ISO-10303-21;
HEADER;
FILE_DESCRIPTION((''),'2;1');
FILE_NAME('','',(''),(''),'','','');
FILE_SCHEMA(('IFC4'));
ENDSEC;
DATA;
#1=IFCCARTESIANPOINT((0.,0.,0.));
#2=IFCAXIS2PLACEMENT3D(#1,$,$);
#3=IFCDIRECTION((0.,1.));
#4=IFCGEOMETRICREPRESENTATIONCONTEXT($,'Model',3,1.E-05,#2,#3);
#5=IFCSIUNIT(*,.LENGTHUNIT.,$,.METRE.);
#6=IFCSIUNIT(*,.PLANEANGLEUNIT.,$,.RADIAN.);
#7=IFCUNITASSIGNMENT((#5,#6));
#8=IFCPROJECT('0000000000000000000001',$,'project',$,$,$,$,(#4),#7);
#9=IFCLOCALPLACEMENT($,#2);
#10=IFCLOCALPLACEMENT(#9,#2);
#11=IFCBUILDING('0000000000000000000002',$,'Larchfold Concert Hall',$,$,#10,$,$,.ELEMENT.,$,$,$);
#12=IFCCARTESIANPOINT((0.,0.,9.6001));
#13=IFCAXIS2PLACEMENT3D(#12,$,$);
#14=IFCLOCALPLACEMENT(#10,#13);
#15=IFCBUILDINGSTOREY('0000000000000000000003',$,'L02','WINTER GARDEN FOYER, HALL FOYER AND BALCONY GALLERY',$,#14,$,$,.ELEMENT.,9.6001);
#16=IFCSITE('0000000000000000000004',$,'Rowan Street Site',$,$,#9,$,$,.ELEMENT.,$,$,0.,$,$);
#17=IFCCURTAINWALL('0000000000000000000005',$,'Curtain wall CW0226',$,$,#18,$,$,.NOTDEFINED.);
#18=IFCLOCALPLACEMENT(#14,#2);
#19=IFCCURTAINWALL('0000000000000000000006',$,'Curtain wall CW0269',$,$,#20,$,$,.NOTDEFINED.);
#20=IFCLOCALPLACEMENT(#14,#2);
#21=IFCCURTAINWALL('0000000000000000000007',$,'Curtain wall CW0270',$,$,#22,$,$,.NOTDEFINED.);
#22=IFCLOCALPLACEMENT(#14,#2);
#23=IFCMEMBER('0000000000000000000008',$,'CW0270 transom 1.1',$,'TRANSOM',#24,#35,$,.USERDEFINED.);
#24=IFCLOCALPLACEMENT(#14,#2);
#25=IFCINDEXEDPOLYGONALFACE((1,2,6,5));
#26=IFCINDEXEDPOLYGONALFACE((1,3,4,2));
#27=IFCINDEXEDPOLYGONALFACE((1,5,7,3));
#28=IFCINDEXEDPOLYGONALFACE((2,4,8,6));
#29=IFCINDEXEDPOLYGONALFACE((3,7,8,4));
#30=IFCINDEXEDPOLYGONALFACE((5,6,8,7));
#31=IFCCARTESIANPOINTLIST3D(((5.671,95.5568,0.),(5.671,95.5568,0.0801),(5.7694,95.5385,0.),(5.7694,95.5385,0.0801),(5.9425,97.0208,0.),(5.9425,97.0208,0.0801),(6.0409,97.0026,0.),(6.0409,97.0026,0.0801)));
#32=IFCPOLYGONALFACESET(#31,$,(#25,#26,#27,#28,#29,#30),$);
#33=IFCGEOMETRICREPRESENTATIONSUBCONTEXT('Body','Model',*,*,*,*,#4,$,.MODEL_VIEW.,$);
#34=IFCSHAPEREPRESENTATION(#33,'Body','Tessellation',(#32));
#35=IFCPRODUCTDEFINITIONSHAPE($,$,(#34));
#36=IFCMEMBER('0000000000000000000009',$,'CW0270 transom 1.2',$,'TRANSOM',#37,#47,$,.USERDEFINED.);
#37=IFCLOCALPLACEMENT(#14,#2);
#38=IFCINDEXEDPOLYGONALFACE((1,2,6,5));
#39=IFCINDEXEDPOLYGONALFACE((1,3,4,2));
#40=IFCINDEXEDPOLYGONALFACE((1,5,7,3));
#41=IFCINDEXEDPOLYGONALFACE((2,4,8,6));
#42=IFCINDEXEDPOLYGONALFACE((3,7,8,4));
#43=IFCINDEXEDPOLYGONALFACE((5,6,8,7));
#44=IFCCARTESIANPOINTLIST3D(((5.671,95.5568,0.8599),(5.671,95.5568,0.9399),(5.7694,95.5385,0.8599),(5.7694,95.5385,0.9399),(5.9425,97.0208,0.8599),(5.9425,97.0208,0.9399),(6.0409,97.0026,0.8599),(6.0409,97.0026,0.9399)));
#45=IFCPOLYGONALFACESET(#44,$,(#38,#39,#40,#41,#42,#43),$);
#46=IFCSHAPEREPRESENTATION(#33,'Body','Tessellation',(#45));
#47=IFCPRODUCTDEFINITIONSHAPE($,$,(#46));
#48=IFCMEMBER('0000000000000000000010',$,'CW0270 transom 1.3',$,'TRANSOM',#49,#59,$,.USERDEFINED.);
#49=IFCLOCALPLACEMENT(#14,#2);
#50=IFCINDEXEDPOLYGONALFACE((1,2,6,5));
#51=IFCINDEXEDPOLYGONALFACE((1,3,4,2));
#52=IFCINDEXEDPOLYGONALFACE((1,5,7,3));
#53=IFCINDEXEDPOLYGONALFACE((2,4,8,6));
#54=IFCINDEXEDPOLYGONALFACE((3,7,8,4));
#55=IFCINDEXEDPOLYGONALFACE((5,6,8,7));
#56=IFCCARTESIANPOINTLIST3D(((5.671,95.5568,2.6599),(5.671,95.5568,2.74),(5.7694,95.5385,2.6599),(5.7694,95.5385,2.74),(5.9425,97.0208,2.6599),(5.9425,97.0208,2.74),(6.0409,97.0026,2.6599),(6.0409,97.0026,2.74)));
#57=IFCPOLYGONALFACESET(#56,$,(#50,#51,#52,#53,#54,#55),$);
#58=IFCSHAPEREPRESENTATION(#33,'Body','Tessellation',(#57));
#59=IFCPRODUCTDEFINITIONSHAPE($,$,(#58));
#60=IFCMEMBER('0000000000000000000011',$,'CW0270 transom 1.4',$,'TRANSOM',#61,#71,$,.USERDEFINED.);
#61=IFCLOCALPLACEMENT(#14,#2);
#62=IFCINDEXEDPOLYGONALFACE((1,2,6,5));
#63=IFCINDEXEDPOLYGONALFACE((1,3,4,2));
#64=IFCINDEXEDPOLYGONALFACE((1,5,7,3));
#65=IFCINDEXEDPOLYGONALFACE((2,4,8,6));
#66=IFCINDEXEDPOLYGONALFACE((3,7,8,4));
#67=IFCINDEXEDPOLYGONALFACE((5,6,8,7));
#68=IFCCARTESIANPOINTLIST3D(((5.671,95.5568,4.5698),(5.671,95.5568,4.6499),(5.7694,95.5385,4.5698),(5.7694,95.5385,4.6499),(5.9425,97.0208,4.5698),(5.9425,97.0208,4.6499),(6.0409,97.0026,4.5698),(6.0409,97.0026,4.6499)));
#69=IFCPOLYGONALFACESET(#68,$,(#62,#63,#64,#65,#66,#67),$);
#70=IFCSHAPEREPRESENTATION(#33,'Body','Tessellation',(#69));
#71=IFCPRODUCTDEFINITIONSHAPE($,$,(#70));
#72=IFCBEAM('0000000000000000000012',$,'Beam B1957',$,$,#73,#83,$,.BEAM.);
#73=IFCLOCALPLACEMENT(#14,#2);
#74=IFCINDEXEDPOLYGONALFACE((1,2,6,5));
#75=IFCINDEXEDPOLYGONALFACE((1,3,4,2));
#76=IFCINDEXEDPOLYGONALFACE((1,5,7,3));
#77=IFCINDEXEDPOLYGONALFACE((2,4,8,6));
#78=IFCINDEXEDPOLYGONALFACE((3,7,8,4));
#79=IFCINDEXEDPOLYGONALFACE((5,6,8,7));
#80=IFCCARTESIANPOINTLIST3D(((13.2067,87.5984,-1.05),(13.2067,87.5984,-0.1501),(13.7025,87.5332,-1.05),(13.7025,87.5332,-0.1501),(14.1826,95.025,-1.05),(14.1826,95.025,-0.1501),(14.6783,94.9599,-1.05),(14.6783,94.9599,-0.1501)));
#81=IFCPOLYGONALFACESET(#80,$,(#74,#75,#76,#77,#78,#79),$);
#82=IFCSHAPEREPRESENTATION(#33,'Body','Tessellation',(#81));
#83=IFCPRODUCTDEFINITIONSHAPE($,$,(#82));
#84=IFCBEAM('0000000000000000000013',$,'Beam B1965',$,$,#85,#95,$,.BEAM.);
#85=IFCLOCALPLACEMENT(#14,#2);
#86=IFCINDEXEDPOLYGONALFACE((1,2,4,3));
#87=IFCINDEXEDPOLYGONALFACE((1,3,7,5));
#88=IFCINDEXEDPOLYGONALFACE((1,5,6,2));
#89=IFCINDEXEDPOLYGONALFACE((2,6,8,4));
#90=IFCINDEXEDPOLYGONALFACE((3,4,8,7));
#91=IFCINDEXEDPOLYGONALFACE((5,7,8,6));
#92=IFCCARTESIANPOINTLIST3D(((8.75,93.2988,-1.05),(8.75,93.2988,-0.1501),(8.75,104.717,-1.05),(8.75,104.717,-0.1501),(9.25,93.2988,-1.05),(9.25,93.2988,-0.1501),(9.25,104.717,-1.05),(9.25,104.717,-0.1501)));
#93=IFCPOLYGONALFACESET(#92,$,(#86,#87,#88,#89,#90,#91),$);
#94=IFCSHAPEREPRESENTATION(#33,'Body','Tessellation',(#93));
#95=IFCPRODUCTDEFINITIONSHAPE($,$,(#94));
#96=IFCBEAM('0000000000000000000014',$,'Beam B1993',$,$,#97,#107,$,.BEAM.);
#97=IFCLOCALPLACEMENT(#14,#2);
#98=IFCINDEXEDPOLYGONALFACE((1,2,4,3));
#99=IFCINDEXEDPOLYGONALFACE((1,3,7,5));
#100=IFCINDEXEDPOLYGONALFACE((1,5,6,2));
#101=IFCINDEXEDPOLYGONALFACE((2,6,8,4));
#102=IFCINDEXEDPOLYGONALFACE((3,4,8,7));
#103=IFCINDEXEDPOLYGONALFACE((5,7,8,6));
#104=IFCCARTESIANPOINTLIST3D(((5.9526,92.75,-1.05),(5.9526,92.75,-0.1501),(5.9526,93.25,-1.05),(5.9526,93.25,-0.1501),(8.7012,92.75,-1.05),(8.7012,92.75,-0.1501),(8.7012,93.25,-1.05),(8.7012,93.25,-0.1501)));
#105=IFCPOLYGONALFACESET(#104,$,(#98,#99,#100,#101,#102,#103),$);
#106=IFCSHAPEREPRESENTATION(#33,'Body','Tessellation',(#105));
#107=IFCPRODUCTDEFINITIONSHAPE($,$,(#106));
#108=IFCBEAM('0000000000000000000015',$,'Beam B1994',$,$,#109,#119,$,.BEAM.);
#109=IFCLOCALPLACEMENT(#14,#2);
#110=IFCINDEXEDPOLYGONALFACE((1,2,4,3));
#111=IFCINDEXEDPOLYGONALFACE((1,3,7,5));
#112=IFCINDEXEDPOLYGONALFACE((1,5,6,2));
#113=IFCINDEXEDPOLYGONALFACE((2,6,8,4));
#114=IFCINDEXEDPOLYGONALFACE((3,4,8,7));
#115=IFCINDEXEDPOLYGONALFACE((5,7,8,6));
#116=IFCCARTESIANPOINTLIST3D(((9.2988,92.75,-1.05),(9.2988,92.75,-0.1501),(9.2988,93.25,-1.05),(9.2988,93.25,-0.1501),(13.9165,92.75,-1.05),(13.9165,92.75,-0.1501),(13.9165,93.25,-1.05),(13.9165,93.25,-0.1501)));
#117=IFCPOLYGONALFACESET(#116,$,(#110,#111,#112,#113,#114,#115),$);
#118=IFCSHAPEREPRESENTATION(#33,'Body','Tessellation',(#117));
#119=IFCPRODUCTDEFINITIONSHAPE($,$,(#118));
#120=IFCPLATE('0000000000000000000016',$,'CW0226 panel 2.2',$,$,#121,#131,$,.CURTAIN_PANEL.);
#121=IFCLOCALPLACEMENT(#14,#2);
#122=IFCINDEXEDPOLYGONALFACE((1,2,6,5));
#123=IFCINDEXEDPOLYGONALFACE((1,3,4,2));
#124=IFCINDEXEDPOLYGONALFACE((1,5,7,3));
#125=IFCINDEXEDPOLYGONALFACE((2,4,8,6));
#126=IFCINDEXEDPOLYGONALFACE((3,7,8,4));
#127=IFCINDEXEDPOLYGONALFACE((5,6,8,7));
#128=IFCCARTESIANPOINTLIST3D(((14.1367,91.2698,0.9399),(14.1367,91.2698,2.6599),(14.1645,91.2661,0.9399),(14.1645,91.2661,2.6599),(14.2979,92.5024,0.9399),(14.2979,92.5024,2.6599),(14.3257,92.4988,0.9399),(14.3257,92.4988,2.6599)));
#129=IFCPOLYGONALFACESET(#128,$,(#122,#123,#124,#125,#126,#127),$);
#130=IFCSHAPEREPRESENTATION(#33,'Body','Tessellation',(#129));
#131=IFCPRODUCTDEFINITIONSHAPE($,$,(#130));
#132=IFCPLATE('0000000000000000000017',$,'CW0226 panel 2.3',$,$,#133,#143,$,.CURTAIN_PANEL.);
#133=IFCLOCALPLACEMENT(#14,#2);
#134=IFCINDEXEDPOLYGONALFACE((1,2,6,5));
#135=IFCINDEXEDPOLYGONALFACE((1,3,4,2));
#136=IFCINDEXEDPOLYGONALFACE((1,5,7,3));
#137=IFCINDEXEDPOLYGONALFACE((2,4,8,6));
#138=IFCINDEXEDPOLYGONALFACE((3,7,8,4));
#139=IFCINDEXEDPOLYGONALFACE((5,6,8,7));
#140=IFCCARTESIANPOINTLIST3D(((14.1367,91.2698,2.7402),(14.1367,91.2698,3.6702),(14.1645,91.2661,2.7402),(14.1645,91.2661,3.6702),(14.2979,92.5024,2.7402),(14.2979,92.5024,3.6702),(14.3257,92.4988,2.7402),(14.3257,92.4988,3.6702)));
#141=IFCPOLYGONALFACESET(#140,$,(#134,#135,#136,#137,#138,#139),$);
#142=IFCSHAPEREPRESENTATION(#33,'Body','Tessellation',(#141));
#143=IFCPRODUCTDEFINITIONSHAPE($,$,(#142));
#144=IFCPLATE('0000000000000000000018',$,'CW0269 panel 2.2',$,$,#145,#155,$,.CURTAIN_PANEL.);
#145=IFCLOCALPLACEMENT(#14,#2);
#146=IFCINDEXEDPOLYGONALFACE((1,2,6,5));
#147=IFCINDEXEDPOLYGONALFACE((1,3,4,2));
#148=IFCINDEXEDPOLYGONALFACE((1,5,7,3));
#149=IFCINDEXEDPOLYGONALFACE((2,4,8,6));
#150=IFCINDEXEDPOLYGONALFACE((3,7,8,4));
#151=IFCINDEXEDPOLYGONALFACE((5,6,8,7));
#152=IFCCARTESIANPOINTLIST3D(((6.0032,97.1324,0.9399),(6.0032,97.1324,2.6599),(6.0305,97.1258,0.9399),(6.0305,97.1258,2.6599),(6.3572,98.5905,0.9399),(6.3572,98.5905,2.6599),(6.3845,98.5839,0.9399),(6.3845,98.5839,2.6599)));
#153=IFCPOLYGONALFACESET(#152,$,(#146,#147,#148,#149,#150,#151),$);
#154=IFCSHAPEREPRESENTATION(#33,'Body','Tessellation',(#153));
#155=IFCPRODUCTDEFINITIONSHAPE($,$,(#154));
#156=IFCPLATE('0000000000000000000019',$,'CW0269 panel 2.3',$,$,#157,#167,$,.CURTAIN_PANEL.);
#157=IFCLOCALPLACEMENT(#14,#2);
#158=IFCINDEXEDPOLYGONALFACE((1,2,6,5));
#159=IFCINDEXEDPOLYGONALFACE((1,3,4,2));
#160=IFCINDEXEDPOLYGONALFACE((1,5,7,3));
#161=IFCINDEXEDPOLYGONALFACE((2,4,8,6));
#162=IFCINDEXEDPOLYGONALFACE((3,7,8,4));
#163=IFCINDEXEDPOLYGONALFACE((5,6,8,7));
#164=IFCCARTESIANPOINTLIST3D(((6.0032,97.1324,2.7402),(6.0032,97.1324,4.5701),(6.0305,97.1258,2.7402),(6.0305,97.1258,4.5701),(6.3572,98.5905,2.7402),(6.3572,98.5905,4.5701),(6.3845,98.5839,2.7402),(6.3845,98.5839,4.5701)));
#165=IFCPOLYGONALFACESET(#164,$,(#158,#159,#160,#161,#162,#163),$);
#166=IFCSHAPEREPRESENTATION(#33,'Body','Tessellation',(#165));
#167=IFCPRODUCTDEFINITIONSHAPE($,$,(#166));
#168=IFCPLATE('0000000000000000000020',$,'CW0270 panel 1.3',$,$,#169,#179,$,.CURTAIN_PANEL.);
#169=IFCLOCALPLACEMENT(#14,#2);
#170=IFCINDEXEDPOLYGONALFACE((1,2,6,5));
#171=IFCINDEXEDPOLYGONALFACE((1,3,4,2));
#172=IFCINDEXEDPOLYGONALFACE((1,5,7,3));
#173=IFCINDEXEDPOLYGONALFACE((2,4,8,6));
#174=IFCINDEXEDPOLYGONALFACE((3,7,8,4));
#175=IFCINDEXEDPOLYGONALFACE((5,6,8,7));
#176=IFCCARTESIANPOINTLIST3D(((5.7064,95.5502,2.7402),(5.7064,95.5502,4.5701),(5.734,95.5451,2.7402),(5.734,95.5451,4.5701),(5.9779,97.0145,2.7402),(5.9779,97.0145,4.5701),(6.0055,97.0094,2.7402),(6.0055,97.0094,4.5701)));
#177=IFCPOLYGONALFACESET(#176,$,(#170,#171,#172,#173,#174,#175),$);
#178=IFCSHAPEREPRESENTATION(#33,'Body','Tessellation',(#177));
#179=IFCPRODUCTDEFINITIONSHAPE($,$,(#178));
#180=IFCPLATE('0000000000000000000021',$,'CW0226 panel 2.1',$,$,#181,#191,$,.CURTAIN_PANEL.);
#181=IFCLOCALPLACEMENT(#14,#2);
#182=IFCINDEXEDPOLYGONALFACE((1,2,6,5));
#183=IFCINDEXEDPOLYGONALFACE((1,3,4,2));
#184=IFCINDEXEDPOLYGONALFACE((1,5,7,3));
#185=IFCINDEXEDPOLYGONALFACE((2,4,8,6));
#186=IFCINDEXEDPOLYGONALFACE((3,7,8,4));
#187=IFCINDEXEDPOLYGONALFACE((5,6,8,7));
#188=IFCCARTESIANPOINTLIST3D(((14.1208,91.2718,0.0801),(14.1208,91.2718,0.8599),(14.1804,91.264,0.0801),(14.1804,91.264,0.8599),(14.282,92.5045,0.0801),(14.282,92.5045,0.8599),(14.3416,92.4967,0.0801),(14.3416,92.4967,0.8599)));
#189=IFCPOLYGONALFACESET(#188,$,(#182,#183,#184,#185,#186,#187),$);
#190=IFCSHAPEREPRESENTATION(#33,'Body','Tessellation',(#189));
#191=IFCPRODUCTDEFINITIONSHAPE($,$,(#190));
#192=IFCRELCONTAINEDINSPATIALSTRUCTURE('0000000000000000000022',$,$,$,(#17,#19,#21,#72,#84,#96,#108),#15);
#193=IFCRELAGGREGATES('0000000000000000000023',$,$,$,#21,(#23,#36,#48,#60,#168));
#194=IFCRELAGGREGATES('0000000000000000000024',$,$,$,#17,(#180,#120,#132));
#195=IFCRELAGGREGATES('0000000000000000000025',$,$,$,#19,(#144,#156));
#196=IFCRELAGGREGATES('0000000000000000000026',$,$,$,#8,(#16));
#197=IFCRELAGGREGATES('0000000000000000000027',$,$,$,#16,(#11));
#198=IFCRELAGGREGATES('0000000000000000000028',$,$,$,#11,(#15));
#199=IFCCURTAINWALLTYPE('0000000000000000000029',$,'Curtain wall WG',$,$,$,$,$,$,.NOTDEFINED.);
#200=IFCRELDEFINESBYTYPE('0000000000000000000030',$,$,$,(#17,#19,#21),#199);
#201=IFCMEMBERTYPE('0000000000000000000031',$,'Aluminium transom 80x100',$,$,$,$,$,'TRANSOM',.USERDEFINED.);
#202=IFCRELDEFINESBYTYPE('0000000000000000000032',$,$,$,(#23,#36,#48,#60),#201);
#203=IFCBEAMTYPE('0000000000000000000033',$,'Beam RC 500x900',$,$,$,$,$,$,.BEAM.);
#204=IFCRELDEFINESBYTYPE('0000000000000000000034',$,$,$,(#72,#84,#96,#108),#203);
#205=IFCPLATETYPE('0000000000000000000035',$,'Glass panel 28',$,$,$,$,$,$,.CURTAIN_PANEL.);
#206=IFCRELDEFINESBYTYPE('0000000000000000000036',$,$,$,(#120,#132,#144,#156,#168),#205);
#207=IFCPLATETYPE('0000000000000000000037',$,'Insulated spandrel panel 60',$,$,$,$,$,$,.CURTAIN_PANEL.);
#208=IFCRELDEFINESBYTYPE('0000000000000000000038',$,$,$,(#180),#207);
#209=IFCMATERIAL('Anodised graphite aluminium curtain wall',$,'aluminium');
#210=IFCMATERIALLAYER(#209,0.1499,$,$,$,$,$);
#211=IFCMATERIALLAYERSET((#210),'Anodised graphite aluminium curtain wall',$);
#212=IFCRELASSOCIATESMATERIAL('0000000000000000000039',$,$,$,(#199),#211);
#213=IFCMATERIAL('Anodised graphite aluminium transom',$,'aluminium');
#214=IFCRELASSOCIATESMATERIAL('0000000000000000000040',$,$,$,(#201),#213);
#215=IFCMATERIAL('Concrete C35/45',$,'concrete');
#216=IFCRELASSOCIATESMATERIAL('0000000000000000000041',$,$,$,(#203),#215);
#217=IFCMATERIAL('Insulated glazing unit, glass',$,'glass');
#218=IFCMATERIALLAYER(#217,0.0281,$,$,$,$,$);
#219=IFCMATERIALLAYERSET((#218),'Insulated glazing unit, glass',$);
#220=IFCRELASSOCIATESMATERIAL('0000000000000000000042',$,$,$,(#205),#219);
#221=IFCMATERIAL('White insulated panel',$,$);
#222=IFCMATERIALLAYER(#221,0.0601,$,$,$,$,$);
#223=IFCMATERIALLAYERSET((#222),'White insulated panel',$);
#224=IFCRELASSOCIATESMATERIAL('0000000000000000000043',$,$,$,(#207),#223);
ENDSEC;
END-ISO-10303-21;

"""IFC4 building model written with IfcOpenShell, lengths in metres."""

from ifc_helpers import new_model, si_unit, direction, frame, origin, origin_2d, place, context, subcontext, project, spatial, rectangle, extrude, material, layer, layer_set, material_profile, profile_set, type_object, element, aggregate, save


model = new_model("IFC4")

# Units and contexts
model_context = context("Model", 3, precision=1e-05, world=origin(), true_north=direction((0.0, 1.0)))
body_context = subcontext(model_context, "Body", "Model", "MODEL_VIEW")
ifc_project = project(units=[si_unit("LENGTHUNIT", "METRE"), si_unit("PLANEANGLEUNIT", "RADIAN")], contexts=[model_context])

# Site, building, storey
site_placement = place(None, origin())
site = spatial("IfcSite", under=ifc_project, at=site_placement, Name="Rowan Street Site", CompositionType="ELEMENT", RefElevation=0.0)
building_placement = place(site_placement, origin())
building = spatial("IfcBuilding", under=site, at=building_placement, Name="Larchfold Concert Hall", CompositionType="ELEMENT")
storey_placement = place(building_placement, frame((0.0, 0.0, 9.6001)))
storey = spatial("IfcBuildingStorey", under=building, at=storey_placement, Name="L02", Description="WINTER GARDEN FOYER, HALL FOYER AND BALCONY GALLERY", CompositionType="ELEMENT", Elevation=9.6001)

# Curtain walls
ifc_material_1 = material(Name="Anodised graphite aluminium curtain wall", Category="aluminium")
ifc_layer_1 = layer(ifc_material_1, 0.1499)
ifc_layer_set_1 = layer_set([ifc_layer_1], Name="Anodised graphite aluminium curtain wall")
curtain_wall_type = type_object("IfcCurtainWallType", Name="Curtain wall WG", PredefinedType="NOTDEFINED", material=ifc_layer_set_1)
curtain_wall_1_placement = place(storey_placement, origin())
curtain_wall_1 = element("IfcCurtainWall", 1, at=curtain_wall_1_placement, inside=storey, type_object=curtain_wall_type, Name="Curtain wall CW0226", PredefinedType="NOTDEFINED")
curtain_wall_2_placement = place(storey_placement, origin())
curtain_wall_2 = element("IfcCurtainWall", 2, at=curtain_wall_2_placement, inside=storey, type_object=curtain_wall_type, Name="Curtain wall CW0269", PredefinedType="NOTDEFINED")
curtain_wall_3_placement = place(storey_placement, origin())
curtain_wall_3 = element("IfcCurtainWall", 3, at=curtain_wall_3_placement, inside=storey, type_object=curtain_wall_type, Name="Curtain wall CW0270", PredefinedType="NOTDEFINED")

# Members
ifc_material_2 = material(Name="Anodised graphite aluminium transom", Category="aluminium")
ifc_material_profile_1 = material_profile(ifc_material_2, rectangle(XDim=0.1001, YDim=0.0801, at=origin_2d()))
ifc_profile_set_1 = profile_set([ifc_material_profile_1], Name="Anodised graphite aluminium transom")
member_type_1 = type_object("IfcMemberType", Name="Aluminium transom 80x100", ElementType="TRANSOM", PredefinedType="USERDEFINED", material=ifc_profile_set_1)
member_1_placement = place(storey_placement, frame((5.9917, 97.0117, 0.04), z_axis=(-0.182318, -0.98324, 0.0), x_axis=(0.98324, -0.182318, 0.0)))
member_1 = element("IfcMember", 4, at=member_1_placement, type_object=member_type_1, Name="CW0270 transom 1.1", ObjectType="TRANSOM", PredefinedType="USERDEFINED", context=body_context, shape_type="SweptSolid", body=[
    extrude(rectangle(XDim=0.1001, YDim=0.0801, at=origin_2d()), origin(), (0.0, 0.0, 1.0), 1.489),
])
member_2_placement = place(storey_placement, frame((5.9917, 97.0117, 0.8999), z_axis=(-0.182318, -0.98324, 0.0), x_axis=(0.98324, -0.182318, 0.0)))
member_2 = element("IfcMember", 5, at=member_2_placement, type_object=member_type_1, Name="CW0270 transom 1.2", ObjectType="TRANSOM", PredefinedType="USERDEFINED", context=body_context, shape_type="SweptSolid", body=[
    extrude(rectangle(XDim=0.1001, YDim=0.0801, at=origin_2d()), origin(), (0.0, 0.0, 1.0), 1.489),
])
member_3_placement = place(storey_placement, frame((5.9917, 97.0117, 2.7), z_axis=(-0.182318, -0.98324, 0.0), x_axis=(0.98324, -0.182318, 0.0)))
member_3 = element("IfcMember", 6, at=member_3_placement, type_object=member_type_1, Name="CW0270 transom 1.3", ObjectType="TRANSOM", PredefinedType="USERDEFINED", context=body_context, shape_type="SweptSolid", body=[
    extrude(rectangle(XDim=0.1001, YDim=0.0801, at=origin_2d()), origin(), (0.0, 0.0, 1.0), 1.489),
])
member_4_placement = place(storey_placement, frame((5.9917, 97.0117, 4.6099), z_axis=(-0.182318, -0.98324, 0.0), x_axis=(0.98324, -0.182318, 0.0)))
member_4 = element("IfcMember", 7, at=member_4_placement, type_object=member_type_1, Name="CW0270 transom 1.4", ObjectType="TRANSOM", PredefinedType="USERDEFINED", context=body_context, shape_type="SweptSolid", body=[
    extrude(rectangle(XDim=0.1001, YDim=0.0801, at=origin_2d()), origin(), (0.0, 0.0, 1.0), 1.489),
])

# Beams
ifc_material_3 = material(Name="Concrete C35/45", Category="concrete")
ifc_material_profile_2 = material_profile(ifc_material_3, rectangle(XDim=0.5, YDim=0.8999, at=origin_2d()))
ifc_profile_set_2 = profile_set([ifc_material_profile_2], Name="Concrete C35/45")
beam_type = type_object("IfcBeamType", Name="Beam RC 500x900", PredefinedType="BEAM", material=ifc_profile_set_2)
beam_1_placement = place(storey_placement, frame((14.4304, 94.9924, -0.6001), z_axis=(-0.130274, -0.991478, 0.0), x_axis=(0.991478, -0.130274, 0.0)))
element("IfcBeam", 8, at=beam_1_placement, inside=storey, type_object=beam_type, Name="Beam B1957", PredefinedType="BEAM", context=body_context, shape_type="SweptSolid", body=[
    extrude(rectangle(XDim=0.5, YDim=0.8999, at=origin_2d()), origin(), (0.0, 0.0, 1.0), 7.4905),
])
beam_2_placement = place(storey_placement, frame((9.0, 93.2988, -0.6001), z_axis=(0.0, 1.0, 0.0), x_axis=(-1.0, 0.0, 0.0)))
element("IfcBeam", 9, at=beam_2_placement, inside=storey, type_object=beam_type, Name="Beam B1965", PredefinedType="BEAM", context=body_context, shape_type="SweptSolid", body=[
    extrude(rectangle(XDim=0.5, YDim=0.8999, at=origin_2d()), origin(), (0.0, 0.0, 1.0), 11.4182),
])
beam_3_placement = place(storey_placement, frame((5.9526, 93.0, -0.6001), z_axis=(1.0, 0.0, 0.0), x_axis=(0.0, 1.0, 0.0)))
element("IfcBeam", 10, at=beam_3_placement, inside=storey, type_object=beam_type, Name="Beam B1993", PredefinedType="BEAM", context=body_context, shape_type="SweptSolid", body=[
    extrude(rectangle(XDim=0.5, YDim=0.8999, at=origin_2d()), origin(), (0.0, 0.0, 1.0), 2.7485),
])
beam_4_placement = place(storey_placement, frame((9.2988, 93.0, -0.6001), z_axis=(1.0, 0.0, 0.0), x_axis=(0.0, 1.0, 0.0)))
element("IfcBeam", 11, at=beam_4_placement, inside=storey, type_object=beam_type, Name="Beam B1994", PredefinedType="BEAM", context=body_context, shape_type="SweptSolid", body=[
    extrude(rectangle(XDim=0.5, YDim=0.8999, at=origin_2d()), origin(), (0.0, 0.0, 1.0), 4.6177),
])

# Plates
ifc_material_4 = material(Name="Insulated glazing unit, glass", Category="glass")
ifc_layer_2 = layer(ifc_material_4, 0.0281)
ifc_layer_set_2 = layer_set([ifc_layer_2], Name="Insulated glazing unit, glass")
plate_type_1 = type_object("IfcPlateType", Name="Glass panel 28", PredefinedType="CURTAIN_PANEL", material=ifc_layer_set_2)
plate_1_placement = place(storey_placement, frame((14.2312, 91.8843, 0.9399), z_axis=(0.0, 0.0, 1.0), x_axis=(0.129644, 0.991561, 0.0)))
plate_1 = element("IfcPlate", 12, at=plate_1_placement, type_object=plate_type_1, Name="CW0226 panel 2.2", PredefinedType="CURTAIN_PANEL", context=body_context, shape_type="SweptSolid", body=[
    extrude(rectangle(XDim=1.2432, YDim=0.0281, at=origin_2d()), origin(), (0.0, 0.0, 1.0), 1.72),
])
plate_2_placement = place(storey_placement, frame((14.2312, 91.8843, 2.7402), z_axis=(0.0, 0.0, 1.0), x_axis=(0.129644, 0.991561, 0.0)))
plate_2 = element("IfcPlate", 13, at=plate_2_placement, type_object=plate_type_1, Name="CW0226 panel 2.3", PredefinedType="CURTAIN_PANEL", context=body_context, shape_type="SweptSolid", body=[
    extrude(rectangle(XDim=1.2432, YDim=0.0281, at=origin_2d()), origin(), (0.0, 0.0, 1.0), 0.9299),
])
plate_3_placement = place(storey_placement, frame((6.1938, 97.8582, 0.9399), z_axis=(0.0, 0.0, 1.0), x_axis=(-0.235938, -0.971768, 0.0)))
plate_3 = element("IfcPlate", 14, at=plate_3_placement, type_object=plate_type_1, Name="CW0269 panel 2.2", PredefinedType="CURTAIN_PANEL", context=body_context, shape_type="SweptSolid", body=[
    extrude(rectangle(XDim=1.5005, YDim=0.0281, at=origin_2d()), origin(), (0.0, 0.0, 1.0), 1.72),
])
plate_4_placement = place(storey_placement, frame((6.1938, 97.8582, 2.7402), z_axis=(0.0, 0.0, 1.0), x_axis=(-0.235938, -0.971768, 0.0)))
plate_4 = element("IfcPlate", 15, at=plate_4_placement, type_object=plate_type_1, Name="CW0269 panel 2.3", PredefinedType="CURTAIN_PANEL", context=body_context, shape_type="SweptSolid", body=[
    extrude(rectangle(XDim=1.5005, YDim=0.0281, at=origin_2d()), origin(), (0.0, 0.0, 1.0), 1.8298),
])
plate_5_placement = place(storey_placement, frame((5.856, 96.2798, 2.7402), z_axis=(0.0, 0.0, 1.0), x_axis=(-0.182347, -0.983234, 0.0)))
plate_5 = element("IfcPlate", 16, at=plate_5_placement, type_object=plate_type_1, Name="CW0270 panel 1.3", PredefinedType="CURTAIN_PANEL", context=body_context, shape_type="SweptSolid", body=[
    extrude(rectangle(XDim=1.4893, YDim=0.0281, at=origin_2d()), origin(), (0.0, 0.0, 1.0), 1.8298),
])
aggregate(curtain_wall_3, [member_1, member_2, member_3, member_4, plate_5])
ifc_material_5 = material(Name="White insulated panel")
ifc_layer_3 = layer(ifc_material_5, 0.0601)
ifc_layer_set_3 = layer_set([ifc_layer_3], Name="White insulated panel")
plate_type_2 = type_object("IfcPlateType", Name="Insulated spandrel panel 60", PredefinedType="CURTAIN_PANEL", material=ifc_layer_set_3)
plate_6_placement = place(storey_placement, frame((14.2312, 91.8843, 0.0801), z_axis=(0.0, 0.0, 1.0), x_axis=(0.129644, 0.991561, 0.0)))
plate_6 = element("IfcPlate", 17, at=plate_6_placement, type_object=plate_type_2, Name="CW0226 panel 2.1", PredefinedType="CURTAIN_PANEL", context=body_context, shape_type="SweptSolid", body=[
    extrude(rectangle(XDim=1.2432, YDim=0.0601, at=origin_2d()), origin(), (0.0, 0.0, 1.0), 0.7798),
])
aggregate(curtain_wall_1, [plate_6, plate_1, plate_2])
aggregate(curtain_wall_2, [plate_3, plate_4])

save(model, "model.ifc")
